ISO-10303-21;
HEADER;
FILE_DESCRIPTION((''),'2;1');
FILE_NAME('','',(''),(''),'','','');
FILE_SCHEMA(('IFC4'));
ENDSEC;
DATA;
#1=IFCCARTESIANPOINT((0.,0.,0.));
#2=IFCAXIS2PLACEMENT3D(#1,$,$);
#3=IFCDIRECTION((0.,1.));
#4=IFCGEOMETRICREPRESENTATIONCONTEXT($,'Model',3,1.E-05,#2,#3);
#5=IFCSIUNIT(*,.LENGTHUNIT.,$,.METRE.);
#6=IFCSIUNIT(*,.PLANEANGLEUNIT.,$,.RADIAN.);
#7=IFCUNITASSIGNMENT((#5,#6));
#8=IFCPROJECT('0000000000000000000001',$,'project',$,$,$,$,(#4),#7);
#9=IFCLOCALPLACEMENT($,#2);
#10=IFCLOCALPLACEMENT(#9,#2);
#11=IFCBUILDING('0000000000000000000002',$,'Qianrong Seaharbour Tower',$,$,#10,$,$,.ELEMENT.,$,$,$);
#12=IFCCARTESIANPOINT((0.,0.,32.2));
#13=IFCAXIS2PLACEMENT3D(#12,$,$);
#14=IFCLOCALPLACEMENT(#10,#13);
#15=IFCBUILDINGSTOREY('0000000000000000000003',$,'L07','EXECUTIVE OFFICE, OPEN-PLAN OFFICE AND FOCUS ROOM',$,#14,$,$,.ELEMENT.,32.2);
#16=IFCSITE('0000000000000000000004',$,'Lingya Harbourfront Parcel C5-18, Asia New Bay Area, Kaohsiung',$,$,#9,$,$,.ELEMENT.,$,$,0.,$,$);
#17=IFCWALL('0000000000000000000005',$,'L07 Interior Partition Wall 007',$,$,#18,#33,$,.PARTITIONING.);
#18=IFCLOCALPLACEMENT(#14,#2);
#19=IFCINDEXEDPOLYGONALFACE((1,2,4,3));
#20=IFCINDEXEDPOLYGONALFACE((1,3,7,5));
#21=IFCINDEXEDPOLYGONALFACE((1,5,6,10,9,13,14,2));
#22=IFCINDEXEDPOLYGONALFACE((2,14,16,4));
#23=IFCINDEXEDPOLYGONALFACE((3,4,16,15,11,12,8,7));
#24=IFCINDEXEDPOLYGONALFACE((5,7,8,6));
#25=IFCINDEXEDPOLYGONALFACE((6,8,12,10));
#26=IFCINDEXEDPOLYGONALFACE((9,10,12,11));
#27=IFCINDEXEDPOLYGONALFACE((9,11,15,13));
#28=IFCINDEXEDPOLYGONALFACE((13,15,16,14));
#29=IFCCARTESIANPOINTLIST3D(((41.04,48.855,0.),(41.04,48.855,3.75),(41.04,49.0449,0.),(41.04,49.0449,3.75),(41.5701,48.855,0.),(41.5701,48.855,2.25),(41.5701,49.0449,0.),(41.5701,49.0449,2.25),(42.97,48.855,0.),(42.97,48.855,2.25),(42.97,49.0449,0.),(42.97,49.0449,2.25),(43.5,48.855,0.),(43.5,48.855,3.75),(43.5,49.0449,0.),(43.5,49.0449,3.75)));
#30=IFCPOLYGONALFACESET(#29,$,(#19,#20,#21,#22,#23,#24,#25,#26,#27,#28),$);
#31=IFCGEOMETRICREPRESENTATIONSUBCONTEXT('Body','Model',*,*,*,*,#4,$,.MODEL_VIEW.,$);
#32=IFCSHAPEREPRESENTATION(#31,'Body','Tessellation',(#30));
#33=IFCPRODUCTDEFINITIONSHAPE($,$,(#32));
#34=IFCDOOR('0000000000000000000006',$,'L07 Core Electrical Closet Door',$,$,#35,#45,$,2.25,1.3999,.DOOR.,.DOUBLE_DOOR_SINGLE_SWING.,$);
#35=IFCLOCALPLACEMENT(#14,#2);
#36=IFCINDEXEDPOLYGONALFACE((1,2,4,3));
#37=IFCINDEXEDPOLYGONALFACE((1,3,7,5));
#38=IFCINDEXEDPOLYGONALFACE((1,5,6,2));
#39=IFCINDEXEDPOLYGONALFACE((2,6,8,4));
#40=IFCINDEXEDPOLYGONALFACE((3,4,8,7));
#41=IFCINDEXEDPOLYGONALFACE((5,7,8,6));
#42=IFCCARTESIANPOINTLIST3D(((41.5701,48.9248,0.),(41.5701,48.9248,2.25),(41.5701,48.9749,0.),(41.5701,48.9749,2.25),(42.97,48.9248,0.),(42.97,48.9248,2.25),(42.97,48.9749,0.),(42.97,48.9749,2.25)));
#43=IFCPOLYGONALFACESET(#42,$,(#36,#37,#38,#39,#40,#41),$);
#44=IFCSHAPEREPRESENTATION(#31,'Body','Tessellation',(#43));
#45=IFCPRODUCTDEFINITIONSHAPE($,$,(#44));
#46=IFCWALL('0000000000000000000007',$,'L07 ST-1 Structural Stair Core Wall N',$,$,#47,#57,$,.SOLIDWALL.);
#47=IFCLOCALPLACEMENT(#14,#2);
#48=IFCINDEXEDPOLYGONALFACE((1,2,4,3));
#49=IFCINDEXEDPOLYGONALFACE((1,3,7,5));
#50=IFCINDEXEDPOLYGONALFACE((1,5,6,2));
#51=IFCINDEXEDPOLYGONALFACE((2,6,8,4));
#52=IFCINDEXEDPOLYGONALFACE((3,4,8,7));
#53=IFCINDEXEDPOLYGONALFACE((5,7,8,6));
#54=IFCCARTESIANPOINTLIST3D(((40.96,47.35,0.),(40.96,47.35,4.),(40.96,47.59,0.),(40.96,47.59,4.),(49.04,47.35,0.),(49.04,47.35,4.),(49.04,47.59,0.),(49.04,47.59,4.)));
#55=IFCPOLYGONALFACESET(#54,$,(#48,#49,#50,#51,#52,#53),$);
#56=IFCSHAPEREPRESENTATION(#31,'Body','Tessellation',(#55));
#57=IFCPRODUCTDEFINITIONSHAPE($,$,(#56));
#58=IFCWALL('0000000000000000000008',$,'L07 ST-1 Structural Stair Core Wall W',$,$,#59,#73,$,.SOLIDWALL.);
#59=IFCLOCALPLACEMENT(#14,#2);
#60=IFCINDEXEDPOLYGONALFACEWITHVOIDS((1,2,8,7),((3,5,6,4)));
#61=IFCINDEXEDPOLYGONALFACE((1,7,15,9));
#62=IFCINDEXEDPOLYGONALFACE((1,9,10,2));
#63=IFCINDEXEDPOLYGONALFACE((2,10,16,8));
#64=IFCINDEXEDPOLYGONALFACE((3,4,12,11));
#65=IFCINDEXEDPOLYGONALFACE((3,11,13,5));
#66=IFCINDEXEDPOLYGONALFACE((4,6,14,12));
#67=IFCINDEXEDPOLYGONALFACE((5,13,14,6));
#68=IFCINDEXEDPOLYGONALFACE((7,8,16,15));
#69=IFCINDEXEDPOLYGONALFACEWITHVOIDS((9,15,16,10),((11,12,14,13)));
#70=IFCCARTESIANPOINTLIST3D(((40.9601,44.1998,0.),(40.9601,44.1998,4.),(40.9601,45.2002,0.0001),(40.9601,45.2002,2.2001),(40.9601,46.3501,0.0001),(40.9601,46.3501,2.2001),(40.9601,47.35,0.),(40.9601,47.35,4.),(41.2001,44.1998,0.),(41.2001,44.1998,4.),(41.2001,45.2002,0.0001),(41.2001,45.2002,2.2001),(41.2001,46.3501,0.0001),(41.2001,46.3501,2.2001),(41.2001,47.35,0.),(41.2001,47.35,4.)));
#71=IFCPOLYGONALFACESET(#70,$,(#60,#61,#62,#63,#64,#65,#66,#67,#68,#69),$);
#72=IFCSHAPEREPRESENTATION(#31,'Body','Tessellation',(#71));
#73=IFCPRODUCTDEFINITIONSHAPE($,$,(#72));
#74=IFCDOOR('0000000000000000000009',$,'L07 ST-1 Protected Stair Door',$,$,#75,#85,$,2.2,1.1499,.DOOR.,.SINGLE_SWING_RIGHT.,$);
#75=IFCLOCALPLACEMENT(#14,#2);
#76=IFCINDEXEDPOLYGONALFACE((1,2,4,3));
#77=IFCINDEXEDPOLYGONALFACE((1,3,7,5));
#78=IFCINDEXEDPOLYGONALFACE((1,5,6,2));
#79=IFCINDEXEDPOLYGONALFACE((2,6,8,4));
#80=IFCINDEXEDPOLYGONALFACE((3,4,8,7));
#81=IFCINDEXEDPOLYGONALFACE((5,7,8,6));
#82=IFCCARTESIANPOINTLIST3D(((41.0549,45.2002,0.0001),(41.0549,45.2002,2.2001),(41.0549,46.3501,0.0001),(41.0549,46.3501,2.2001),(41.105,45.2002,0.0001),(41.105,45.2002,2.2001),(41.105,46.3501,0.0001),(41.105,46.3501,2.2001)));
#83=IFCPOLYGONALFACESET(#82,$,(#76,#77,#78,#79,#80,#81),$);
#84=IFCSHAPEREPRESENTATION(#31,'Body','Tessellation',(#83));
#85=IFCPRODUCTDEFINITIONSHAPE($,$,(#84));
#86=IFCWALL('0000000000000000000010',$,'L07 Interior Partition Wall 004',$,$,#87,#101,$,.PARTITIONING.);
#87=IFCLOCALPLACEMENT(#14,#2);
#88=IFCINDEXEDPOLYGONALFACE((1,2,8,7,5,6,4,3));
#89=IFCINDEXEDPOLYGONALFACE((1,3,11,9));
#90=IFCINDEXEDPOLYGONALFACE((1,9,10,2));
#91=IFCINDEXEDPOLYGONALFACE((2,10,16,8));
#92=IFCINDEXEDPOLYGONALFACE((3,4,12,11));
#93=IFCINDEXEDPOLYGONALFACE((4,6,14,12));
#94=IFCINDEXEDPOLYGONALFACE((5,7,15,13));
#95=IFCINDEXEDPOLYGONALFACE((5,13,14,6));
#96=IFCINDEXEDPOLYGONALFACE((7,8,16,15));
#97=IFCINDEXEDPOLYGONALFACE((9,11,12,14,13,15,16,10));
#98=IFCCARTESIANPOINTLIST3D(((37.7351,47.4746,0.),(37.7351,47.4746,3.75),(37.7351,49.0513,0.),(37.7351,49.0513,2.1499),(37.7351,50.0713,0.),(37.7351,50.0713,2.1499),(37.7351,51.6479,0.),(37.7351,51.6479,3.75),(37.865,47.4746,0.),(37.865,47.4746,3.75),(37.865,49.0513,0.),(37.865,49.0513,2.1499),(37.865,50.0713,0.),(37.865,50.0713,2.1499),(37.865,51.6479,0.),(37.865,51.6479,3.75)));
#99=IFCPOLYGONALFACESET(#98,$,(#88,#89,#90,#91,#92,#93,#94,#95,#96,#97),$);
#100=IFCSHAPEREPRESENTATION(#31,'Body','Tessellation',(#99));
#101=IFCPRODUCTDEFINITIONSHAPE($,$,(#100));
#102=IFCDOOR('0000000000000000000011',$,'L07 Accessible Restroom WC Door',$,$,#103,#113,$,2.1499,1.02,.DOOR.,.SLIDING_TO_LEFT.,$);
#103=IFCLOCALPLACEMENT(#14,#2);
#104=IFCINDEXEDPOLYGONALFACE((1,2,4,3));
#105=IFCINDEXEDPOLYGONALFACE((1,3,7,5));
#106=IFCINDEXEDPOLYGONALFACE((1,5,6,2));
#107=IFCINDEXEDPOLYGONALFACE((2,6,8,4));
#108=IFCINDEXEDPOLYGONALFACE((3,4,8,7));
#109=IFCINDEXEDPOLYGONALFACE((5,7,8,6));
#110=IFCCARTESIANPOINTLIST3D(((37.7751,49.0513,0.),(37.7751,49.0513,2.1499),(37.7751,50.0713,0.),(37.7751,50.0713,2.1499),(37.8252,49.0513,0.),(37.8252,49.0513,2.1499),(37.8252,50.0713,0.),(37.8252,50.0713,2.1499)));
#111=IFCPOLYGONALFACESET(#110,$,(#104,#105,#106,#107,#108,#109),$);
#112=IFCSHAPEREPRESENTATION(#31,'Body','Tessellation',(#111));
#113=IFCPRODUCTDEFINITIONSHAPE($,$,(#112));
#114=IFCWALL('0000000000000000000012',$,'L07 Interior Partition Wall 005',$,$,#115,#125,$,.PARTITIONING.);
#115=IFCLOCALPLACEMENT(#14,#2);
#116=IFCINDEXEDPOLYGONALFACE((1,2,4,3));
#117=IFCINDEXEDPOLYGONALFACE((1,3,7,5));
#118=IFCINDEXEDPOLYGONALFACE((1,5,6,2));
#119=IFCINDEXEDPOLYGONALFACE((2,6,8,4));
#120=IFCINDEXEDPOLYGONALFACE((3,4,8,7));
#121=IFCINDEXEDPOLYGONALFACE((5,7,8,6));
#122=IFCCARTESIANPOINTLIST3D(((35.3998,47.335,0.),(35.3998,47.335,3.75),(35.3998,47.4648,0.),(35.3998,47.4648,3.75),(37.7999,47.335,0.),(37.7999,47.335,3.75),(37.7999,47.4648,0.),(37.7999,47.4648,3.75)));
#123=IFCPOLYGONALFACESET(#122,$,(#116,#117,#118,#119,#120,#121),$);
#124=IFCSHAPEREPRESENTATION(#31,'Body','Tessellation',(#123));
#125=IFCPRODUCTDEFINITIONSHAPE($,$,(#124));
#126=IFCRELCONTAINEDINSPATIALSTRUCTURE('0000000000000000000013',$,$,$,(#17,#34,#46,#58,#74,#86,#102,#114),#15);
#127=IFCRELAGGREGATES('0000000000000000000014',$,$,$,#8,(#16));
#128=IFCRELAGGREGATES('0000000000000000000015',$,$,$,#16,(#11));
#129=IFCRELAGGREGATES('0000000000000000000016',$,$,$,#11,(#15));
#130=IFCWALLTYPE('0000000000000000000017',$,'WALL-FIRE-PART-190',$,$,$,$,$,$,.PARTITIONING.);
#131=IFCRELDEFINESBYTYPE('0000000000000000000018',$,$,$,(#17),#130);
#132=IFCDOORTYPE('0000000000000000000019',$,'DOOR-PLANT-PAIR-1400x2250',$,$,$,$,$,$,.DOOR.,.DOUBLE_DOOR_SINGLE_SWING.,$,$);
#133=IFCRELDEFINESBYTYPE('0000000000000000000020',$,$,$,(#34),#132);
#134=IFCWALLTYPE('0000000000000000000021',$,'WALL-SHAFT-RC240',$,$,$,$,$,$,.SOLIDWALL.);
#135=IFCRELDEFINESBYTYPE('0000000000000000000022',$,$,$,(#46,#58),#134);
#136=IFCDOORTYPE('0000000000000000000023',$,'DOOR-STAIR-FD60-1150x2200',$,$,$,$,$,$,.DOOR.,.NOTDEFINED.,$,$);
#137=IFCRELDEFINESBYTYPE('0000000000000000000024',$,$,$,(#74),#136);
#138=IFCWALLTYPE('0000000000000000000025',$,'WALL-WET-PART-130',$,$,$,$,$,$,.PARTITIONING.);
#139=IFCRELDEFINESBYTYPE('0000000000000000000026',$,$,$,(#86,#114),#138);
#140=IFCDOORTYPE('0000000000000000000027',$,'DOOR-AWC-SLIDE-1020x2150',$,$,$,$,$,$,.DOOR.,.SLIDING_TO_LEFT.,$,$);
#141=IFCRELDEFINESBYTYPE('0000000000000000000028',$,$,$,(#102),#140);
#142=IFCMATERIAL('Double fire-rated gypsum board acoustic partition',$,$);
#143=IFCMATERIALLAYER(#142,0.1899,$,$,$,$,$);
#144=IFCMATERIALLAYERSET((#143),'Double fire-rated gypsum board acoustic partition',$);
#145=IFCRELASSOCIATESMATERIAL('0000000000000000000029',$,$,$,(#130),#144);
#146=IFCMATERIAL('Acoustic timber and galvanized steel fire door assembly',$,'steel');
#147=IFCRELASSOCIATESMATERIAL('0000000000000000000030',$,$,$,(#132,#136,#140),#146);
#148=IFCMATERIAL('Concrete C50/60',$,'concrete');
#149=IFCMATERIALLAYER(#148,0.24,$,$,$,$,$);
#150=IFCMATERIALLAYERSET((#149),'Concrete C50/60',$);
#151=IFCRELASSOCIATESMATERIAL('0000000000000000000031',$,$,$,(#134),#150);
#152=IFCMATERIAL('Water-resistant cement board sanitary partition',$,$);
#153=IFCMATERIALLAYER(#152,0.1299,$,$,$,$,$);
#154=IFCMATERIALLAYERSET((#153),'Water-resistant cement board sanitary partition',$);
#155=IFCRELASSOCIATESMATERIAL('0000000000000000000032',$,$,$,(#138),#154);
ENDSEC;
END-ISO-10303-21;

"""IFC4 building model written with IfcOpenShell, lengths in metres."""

from ifc_helpers import new_model, si_unit, direction, frame, frame_2d, origin, place, context, subcontext, project, spatial, rectangle, extrude, material, layer, layer_set, type_object, element, fill, save


model = new_model("IFC4")

# Units and contexts
model_context = context("Model", 3, precision=1e-05, world=origin(), true_north=direction((0.0, 1.0)))
body_context = subcontext(model_context, "Body", "Model", "MODEL_VIEW")
ifc_project = project(units=[si_unit("LENGTHUNIT", "METRE"), si_unit("PLANEANGLEUNIT", "RADIAN")], contexts=[model_context])

# Site, building, storey
site_placement = place(None, origin())
site = spatial("IfcSite", under=ifc_project, at=site_placement, Name="Lingya Harbourfront Parcel C5-18, Asia New Bay Area, Kaohsiung", CompositionType="ELEMENT", RefElevation=0.0)
building_placement = place(site_placement, origin())
building = spatial("IfcBuilding", under=site, at=building_placement, Name="Qianrong Seaharbour Tower", CompositionType="ELEMENT")
storey_placement = place(building_placement, frame((0.0, 0.0, 32.2)))
storey = spatial("IfcBuildingStorey", under=building, at=storey_placement, Name="L07", Description="EXECUTIVE OFFICE, OPEN-PLAN OFFICE AND FOCUS ROOM", CompositionType="ELEMENT", Elevation=32.2)

# Shared definitions
ifc_material_1 = material(Name="Acoustic timber and galvanized steel fire door assembly", Category="steel")

# Wall, opening, door
ifc_material_2 = material(Name="Double fire-rated gypsum board acoustic partition")
ifc_layer_1 = layer(ifc_material_2, 0.1899)
ifc_layer_set_1 = layer_set([ifc_layer_1], Name="Double fire-rated gypsum board acoustic partition")
wall_type_1 = type_object("IfcWallType", Name="WALL-FIRE-PART-190", PredefinedType="PARTITIONING", material=ifc_layer_set_1)
wall_1_placement = place(storey_placement, frame((41.04, 48.95, 0.0), z_axis=(0.0, 0.0, 1.0), x_axis=(1.0, 0.0, 0.0)))
wall_1 = element("IfcWall", 1, at=wall_1_placement, inside=storey, type_object=wall_type_1, Name="L07 Interior Partition Wall 007", PredefinedType="PARTITIONING", context=body_context, shape_type="SweptSolid", body=[
    extrude(rectangle(XDim=2.46, YDim=0.1899, at=frame_2d((1.23, 0.0))), origin(), (0.0, 0.0, 1.0), 3.75),
])
opening_1_placement = place(wall_1_placement, frame((0.53, 0.0, 0.0)))
opening_1 = element("IfcOpeningElement", 2, at=opening_1_placement, cuts=wall_1, PredefinedType="OPENING", context=body_context, shape_type="SweptSolid", body=[
    extrude(rectangle(XDim=1.3999, YDim=2.25, at=frame_2d((0.7, 1.125))), frame((0.0, 0.105, 0.0), z_axis=(0.0, -1.0, 0.0), x_axis=(1.0, 0.0, 0.0)), (0.0, 0.0, 1.0), 0.21),
])
door_type_1 = type_object("IfcDoorType", Name="DOOR-PLANT-PAIR-1400x2250", OperationType="DOUBLE_DOOR_SINGLE_SWING", PredefinedType="DOOR", material=ifc_material_1)
door_1_placement = place(opening_1_placement, origin())
door_1 = element("IfcDoor", 3, at=door_1_placement, inside=storey, type_object=door_type_1, Name="L07 Core Electrical Closet Door", OperationType="DOUBLE_DOOR_SINGLE_SWING", OverallHeight=2.25, OverallWidth=1.3999, PredefinedType="DOOR", context=body_context, shape_type="SweptSolid", body=[
    extrude(rectangle(XDim=1.3999, YDim=2.25, at=frame_2d((0.7, 1.125))), frame((0.0, 0.0249, 0.0), z_axis=(0.0, -1.0, 0.0), x_axis=(1.0, 0.0, 0.0)), (0.0, 0.0, 1.0), 0.05),
])
fill(opening_1, door_1)

# Wall
ifc_material_3 = material(Name="Concrete C50/60", Category="concrete")
ifc_layer_2 = layer(ifc_material_3, 0.24)
ifc_layer_set_2 = layer_set([ifc_layer_2], Name="Concrete C50/60")
wall_type_2 = type_object("IfcWallType", Name="WALL-SHAFT-RC240", PredefinedType="SOLIDWALL", material=ifc_layer_set_2)
wall_2_placement = place(storey_placement, frame((40.96, 47.47, 0.0), z_axis=(0.0, 0.0, 1.0), x_axis=(1.0, 0.0, 0.0)))
element("IfcWall", 4, at=wall_2_placement, inside=storey, type_object=wall_type_2, Name="L07 ST-1 Structural Stair Core Wall N", PredefinedType="SOLIDWALL", context=body_context, shape_type="SweptSolid", body=[
    extrude(rectangle(XDim=8.0801, YDim=0.24, at=frame_2d((4.04, 0.0))), origin(), (0.0, 0.0, 1.0), 4.0),
])

# Walls, openings, doors
wall_3_placement = place(storey_placement, frame((41.0801, 47.3501, 0.0), z_axis=(0.0, 0.0, 1.0), x_axis=(0.0, -1.0, 0.0)))
wall_3 = element("IfcWall", 5, at=wall_3_placement, inside=storey, type_object=wall_type_2, Name="L07 ST-1 Structural Stair Core Wall W", PredefinedType="SOLIDWALL", context=body_context, shape_type="SweptSolid", body=[
    extrude(rectangle(XDim=3.1501, YDim=0.24, at=frame_2d((1.5752, 0.0))), origin(), (0.0, 0.0, 1.0), 4.0),
])
opening_2_placement = place(wall_3_placement, frame((1.0, 0.0, 0.0)))
opening_2 = element("IfcOpeningElement", 6, at=opening_2_placement, cuts=wall_3, PredefinedType="OPENING", context=body_context, shape_type="SweptSolid", body=[
    extrude(rectangle(XDim=1.1499, YDim=2.2, at=frame_2d((0.575, 1.1001))), frame((0.0, 0.1299, 0.0), z_axis=(0.0, -1.0, 0.0), x_axis=(1.0, 0.0, 0.0)), (0.0, 0.0, 1.0), 0.26),
])
door_type_2 = type_object("IfcDoorType", Name="DOOR-STAIR-FD60-1150x2200", OperationType="NOTDEFINED", PredefinedType="DOOR", material=ifc_material_1)
door_2_placement = place(opening_2_placement, origin())
door_2 = element("IfcDoor", 7, at=door_2_placement, inside=storey, type_object=door_type_2, Name="L07 ST-1 Protected Stair Door", OperationType="SINGLE_SWING_RIGHT", OverallHeight=2.2, OverallWidth=1.1499, PredefinedType="DOOR", context=body_context, shape_type="SweptSolid", body=[
    extrude(rectangle(XDim=1.1499, YDim=2.2, at=frame_2d((0.575, 1.1001))), frame((0.0, 0.0249, 0.0), z_axis=(0.0, -1.0, 0.0), x_axis=(1.0, 0.0, 0.0)), (0.0, 0.0, 1.0), 0.05),
])
fill(opening_2, door_2)
ifc_material_4 = material(Name="Water-resistant cement board sanitary partition")
ifc_layer_3 = layer(ifc_material_4, 0.1299)
ifc_layer_set_3 = layer_set([ifc_layer_3], Name="Water-resistant cement board sanitary partition")
wall_type_3 = type_object("IfcWallType", Name="WALL-WET-PART-130", PredefinedType="PARTITIONING", material=ifc_layer_set_3)
wall_4_placement = place(storey_placement, frame((37.8, 47.4746, 0.0), z_axis=(0.0, 0.0, 1.0), x_axis=(0.0, 1.0, 0.0)))
wall_4 = element("IfcWall", 8, at=wall_4_placement, inside=storey, type_object=wall_type_3, Name="L07 Interior Partition Wall 004", PredefinedType="PARTITIONING", context=body_context, shape_type="SweptSolid", body=[
    extrude(rectangle(XDim=4.1733, YDim=0.1299, at=frame_2d((2.0867, 0.0))), origin(), (0.0, 0.0, 1.0), 3.75),
])
opening_3_placement = place(wall_4_placement, frame((1.5767, 0.0, 0.0)))
opening_3 = element("IfcOpeningElement", 9, at=opening_3_placement, cuts=wall_4, PredefinedType="OPENING", context=body_context, shape_type="SweptSolid", body=[
    extrude(rectangle(XDim=1.02, YDim=2.1499, at=frame_2d((0.51, 1.075))), frame((0.0, 0.075, 0.0), z_axis=(0.0, -1.0, 0.0), x_axis=(1.0, 0.0, 0.0)), (0.0, 0.0, 1.0), 0.1499),
])
door_type_3 = type_object("IfcDoorType", Name="DOOR-AWC-SLIDE-1020x2150", OperationType="SLIDING_TO_LEFT", PredefinedType="DOOR", material=ifc_material_1)
door_3_placement = place(opening_3_placement, origin())
door_3 = element("IfcDoor", 10, at=door_3_placement, inside=storey, type_object=door_type_3, Name="L07 Accessible Restroom WC Door", OperationType="SLIDING_TO_LEFT", OverallHeight=2.1499, OverallWidth=1.02, PredefinedType="DOOR", context=body_context, shape_type="SweptSolid", body=[
    extrude(rectangle(XDim=1.02, YDim=2.1499, at=frame_2d((0.51, 1.075))), frame((0.0, 0.0249, 0.0), z_axis=(0.0, -1.0, 0.0), x_axis=(1.0, 0.0, 0.0)), (0.0, 0.0, 1.0), 0.05),
])
fill(opening_3, door_3)

# Wall
wall_5_placement = place(storey_placement, frame((37.8, 47.3999, 0.0), z_axis=(0.0, 0.0, 1.0), x_axis=(-1.0, 0.0, 0.0)))
element("IfcWall", 11, at=wall_5_placement, inside=storey, type_object=wall_type_3, Name="L07 Interior Partition Wall 005", PredefinedType="PARTITIONING", context=body_context, shape_type="SweptSolid", body=[
    extrude(rectangle(XDim=2.4001, YDim=0.1299, at=frame_2d((1.2002, 0.0))), origin(), (0.0, 0.0, 1.0), 3.75),
])

save(model, "model.ifc")
